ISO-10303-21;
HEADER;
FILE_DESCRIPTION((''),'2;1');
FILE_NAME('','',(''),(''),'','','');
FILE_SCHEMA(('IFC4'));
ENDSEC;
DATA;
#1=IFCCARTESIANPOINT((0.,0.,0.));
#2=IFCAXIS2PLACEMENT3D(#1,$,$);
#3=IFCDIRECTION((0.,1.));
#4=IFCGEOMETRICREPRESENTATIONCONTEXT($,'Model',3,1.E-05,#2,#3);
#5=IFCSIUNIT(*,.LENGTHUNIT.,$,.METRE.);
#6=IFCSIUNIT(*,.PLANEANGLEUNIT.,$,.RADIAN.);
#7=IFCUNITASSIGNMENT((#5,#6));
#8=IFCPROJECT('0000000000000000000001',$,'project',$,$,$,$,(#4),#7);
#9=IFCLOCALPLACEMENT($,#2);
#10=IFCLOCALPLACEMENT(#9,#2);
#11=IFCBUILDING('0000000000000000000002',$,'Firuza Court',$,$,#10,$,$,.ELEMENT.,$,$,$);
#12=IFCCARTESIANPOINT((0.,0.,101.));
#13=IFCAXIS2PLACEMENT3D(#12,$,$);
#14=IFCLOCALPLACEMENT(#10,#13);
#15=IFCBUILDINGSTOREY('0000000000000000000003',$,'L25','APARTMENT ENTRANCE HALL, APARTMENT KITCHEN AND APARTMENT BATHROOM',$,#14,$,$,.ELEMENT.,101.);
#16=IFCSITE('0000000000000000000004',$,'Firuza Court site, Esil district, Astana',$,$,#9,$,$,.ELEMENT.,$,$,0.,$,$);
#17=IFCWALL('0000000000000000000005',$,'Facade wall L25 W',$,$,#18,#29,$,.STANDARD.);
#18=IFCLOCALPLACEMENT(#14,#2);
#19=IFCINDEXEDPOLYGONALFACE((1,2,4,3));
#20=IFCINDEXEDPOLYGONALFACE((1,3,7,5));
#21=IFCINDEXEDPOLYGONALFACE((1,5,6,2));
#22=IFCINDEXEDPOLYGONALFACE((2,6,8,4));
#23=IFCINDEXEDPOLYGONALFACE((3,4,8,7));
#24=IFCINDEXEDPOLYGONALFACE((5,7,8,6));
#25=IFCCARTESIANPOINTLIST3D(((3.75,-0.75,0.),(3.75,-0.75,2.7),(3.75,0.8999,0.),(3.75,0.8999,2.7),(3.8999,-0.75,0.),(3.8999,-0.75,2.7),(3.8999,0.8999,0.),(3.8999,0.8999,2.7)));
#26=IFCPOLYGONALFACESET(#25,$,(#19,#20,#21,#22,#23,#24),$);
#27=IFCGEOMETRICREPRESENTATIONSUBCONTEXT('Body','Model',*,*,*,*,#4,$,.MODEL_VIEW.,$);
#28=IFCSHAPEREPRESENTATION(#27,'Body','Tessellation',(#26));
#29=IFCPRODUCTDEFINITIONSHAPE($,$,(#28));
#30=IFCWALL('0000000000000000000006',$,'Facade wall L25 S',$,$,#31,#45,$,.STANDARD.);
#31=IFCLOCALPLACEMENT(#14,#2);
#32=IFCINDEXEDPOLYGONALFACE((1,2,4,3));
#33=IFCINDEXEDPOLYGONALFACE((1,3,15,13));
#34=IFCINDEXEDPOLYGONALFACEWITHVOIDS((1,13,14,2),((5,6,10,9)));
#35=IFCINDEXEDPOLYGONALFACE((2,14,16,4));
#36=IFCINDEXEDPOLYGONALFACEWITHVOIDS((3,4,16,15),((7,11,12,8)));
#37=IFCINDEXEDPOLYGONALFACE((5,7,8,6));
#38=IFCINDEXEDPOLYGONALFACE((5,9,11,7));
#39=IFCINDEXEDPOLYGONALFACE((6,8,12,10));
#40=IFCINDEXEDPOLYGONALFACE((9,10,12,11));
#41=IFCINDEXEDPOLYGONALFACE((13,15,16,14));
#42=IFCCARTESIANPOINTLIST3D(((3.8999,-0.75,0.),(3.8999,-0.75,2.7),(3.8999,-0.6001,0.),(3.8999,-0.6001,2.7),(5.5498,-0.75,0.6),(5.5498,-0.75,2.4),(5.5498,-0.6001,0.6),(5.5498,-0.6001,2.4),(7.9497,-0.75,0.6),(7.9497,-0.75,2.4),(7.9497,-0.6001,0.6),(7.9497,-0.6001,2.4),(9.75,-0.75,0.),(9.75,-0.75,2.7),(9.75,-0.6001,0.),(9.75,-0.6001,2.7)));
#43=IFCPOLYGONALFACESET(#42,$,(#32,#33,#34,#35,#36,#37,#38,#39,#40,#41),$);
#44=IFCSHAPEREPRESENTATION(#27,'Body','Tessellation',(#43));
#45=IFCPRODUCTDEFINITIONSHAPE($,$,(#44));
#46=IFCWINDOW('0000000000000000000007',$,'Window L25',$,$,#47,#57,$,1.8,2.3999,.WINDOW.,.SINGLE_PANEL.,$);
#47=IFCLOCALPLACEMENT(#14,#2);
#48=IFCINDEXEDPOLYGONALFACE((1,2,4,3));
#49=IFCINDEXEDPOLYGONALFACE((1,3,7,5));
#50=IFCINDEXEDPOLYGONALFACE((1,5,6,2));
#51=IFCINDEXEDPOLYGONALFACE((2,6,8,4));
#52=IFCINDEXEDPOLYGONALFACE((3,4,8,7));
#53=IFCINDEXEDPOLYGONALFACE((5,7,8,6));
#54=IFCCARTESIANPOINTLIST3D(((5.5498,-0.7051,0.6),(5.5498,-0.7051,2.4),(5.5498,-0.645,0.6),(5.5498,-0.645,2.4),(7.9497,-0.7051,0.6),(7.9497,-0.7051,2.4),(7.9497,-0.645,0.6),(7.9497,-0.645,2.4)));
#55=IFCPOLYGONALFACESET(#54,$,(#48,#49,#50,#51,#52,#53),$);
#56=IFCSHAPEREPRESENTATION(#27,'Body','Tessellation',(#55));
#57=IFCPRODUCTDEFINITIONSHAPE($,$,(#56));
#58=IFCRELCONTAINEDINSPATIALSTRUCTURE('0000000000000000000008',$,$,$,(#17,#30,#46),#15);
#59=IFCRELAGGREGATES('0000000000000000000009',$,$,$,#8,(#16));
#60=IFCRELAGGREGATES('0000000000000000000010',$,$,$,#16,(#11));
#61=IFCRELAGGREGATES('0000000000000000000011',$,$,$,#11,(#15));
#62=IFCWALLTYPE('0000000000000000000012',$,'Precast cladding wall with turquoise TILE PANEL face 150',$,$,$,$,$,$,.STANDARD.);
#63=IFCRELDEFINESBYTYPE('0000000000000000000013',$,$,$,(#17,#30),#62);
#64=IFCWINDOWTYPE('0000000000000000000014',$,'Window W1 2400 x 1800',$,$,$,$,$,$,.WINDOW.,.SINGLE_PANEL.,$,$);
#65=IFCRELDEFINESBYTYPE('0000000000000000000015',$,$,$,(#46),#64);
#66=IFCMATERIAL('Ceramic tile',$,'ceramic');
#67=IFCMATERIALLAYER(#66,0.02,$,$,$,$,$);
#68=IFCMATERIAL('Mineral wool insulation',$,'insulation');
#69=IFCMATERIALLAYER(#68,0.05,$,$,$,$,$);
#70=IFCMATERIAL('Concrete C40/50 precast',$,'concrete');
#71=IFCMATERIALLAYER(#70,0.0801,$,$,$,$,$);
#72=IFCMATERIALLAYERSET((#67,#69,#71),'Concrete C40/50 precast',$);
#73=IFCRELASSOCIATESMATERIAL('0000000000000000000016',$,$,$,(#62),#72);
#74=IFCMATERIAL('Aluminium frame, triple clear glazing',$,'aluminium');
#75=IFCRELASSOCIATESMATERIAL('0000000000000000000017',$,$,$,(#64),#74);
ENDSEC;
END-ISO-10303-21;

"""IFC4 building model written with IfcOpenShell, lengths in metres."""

from ifc_helpers import new_model, si_unit, direction, frame, frame_2d, origin, place, context, subcontext, project, spatial, rectangle, extrude, material, layer, layer_set, type_object, element, fill, save


model = new_model("IFC4")

# Units and contexts
model_context = context("Model", 3, precision=1e-05, world=origin(), true_north=direction((0.0, 1.0)))
body_context = subcontext(model_context, "Body", "Model", "MODEL_VIEW")
ifc_project = project(units=[si_unit("LENGTHUNIT", "METRE"), si_unit("PLANEANGLEUNIT", "RADIAN")], contexts=[model_context])

# Site, building, storey
site_placement = place(None, origin())
site = spatial("IfcSite", under=ifc_project, at=site_placement, Name="Firuza Court site, Esil district, Astana", CompositionType="ELEMENT", RefElevation=0.0)
building_placement = place(site_placement, origin())
building = spatial("IfcBuilding", under=site, at=building_placement, Name="Firuza Court", CompositionType="ELEMENT")
storey_placement = place(building_placement, frame((0.0, 0.0, 101.0)))
storey = spatial("IfcBuildingStorey", under=building, at=storey_placement, Name="L25", Description="APARTMENT ENTRANCE HALL, APARTMENT KITCHEN AND APARTMENT BATHROOM", CompositionType="ELEMENT", Elevation=101.0)

# Shared definitions
ifc_material_1 = material(Name="Concrete C40/50 precast", Category="concrete")

# Wall
ifc_material_2 = material(Name="Ceramic tile", Category="ceramic")
ifc_layer_1 = layer(ifc_material_2, 0.02)
ifc_material_3 = material(Name="Mineral wool insulation", Category="insulation")
ifc_layer_2 = layer(ifc_material_3, 0.05)
ifc_layer_3 = layer(ifc_material_1, 0.0801)
ifc_layer_set_1 = layer_set([ifc_layer_1, ifc_layer_2, ifc_layer_3], Name="Concrete C40/50 precast")
wall_type_1 = type_object("IfcWallType", Name="Precast cladding wall with turquoise TILE PANEL face 150", PredefinedType="STANDARD", material=ifc_layer_set_1)
wall_1_placement = place(storey_placement, frame((3.825, 0.8999, 0.0), z_axis=(0.0, 0.0, 1.0), x_axis=(0.0, -1.0, 0.0)))
element("IfcWall", 1, at=wall_1_placement, inside=storey, type_object=wall_type_1, Name="Facade wall L25 W", PredefinedType="STANDARD", context=body_context, shape_type="SweptSolid", body=[
    extrude(rectangle(XDim=1.6499, YDim=0.1499, at=frame_2d((0.825, 0.0))), origin(), (0.0, 0.0, 1.0), 2.7),
])

# Wall, opening, window
wall_2_placement = place(storey_placement, frame((3.8999, -0.675, 0.0), z_axis=(0.0, 0.0, 1.0), x_axis=(1.0, 0.0, 0.0)))
wall_2 = element("IfcWall", 2, at=wall_2_placement, inside=storey, type_object=wall_type_1, Name="Facade wall L25 S", PredefinedType="STANDARD", context=body_context, shape_type="SweptSolid", body=[
    extrude(rectangle(XDim=5.8501, YDim=0.1499, at=frame_2d((2.925, 0.0))), origin(), (0.0, 0.0, 1.0), 2.7),
])
opening_placement = place(wall_2_placement, frame((1.6499, 0.0, 0.6001)))
opening = element("IfcOpeningElement", 3, at=opening_placement, cuts=wall_2, PredefinedType="OPENING", context=body_context, shape_type="SweptSolid", body=[
    extrude(rectangle(XDim=2.3999, YDim=1.8, at=frame_2d((1.2, 0.8999))), frame((0.0, 0.0869, 0.0), z_axis=(0.0, -1.0, 0.0), x_axis=(1.0, 0.0, 0.0)), (0.0, 0.0, 1.0), 0.1738),
])
ifc_material_4 = material(Name="Aluminium frame, triple clear glazing", Category="aluminium")
window_type = type_object("IfcWindowType", Name="Window W1 2400 x 1800", PartitioningType="SINGLE_PANEL", PredefinedType="WINDOW", material=ifc_material_4)
window_placement = place(opening_placement, origin())
window = element("IfcWindow", 4, at=window_placement, inside=storey, type_object=window_type, Name="Window L25", OverallHeight=1.8, OverallWidth=2.3999, PartitioningType="SINGLE_PANEL", PredefinedType="WINDOW", context=body_context, shape_type="SweptSolid", body=[
    extrude(rectangle(XDim=2.3999, YDim=1.8, at=frame_2d((1.2, 0.8999))), frame((0.0, 0.03, 0.0), z_axis=(0.0, -1.0, 0.0), x_axis=(1.0, 0.0, 0.0)), (0.0, 0.0, 1.0), 0.0601),
])
fill(opening, window)

save(model, "model.ifc")
